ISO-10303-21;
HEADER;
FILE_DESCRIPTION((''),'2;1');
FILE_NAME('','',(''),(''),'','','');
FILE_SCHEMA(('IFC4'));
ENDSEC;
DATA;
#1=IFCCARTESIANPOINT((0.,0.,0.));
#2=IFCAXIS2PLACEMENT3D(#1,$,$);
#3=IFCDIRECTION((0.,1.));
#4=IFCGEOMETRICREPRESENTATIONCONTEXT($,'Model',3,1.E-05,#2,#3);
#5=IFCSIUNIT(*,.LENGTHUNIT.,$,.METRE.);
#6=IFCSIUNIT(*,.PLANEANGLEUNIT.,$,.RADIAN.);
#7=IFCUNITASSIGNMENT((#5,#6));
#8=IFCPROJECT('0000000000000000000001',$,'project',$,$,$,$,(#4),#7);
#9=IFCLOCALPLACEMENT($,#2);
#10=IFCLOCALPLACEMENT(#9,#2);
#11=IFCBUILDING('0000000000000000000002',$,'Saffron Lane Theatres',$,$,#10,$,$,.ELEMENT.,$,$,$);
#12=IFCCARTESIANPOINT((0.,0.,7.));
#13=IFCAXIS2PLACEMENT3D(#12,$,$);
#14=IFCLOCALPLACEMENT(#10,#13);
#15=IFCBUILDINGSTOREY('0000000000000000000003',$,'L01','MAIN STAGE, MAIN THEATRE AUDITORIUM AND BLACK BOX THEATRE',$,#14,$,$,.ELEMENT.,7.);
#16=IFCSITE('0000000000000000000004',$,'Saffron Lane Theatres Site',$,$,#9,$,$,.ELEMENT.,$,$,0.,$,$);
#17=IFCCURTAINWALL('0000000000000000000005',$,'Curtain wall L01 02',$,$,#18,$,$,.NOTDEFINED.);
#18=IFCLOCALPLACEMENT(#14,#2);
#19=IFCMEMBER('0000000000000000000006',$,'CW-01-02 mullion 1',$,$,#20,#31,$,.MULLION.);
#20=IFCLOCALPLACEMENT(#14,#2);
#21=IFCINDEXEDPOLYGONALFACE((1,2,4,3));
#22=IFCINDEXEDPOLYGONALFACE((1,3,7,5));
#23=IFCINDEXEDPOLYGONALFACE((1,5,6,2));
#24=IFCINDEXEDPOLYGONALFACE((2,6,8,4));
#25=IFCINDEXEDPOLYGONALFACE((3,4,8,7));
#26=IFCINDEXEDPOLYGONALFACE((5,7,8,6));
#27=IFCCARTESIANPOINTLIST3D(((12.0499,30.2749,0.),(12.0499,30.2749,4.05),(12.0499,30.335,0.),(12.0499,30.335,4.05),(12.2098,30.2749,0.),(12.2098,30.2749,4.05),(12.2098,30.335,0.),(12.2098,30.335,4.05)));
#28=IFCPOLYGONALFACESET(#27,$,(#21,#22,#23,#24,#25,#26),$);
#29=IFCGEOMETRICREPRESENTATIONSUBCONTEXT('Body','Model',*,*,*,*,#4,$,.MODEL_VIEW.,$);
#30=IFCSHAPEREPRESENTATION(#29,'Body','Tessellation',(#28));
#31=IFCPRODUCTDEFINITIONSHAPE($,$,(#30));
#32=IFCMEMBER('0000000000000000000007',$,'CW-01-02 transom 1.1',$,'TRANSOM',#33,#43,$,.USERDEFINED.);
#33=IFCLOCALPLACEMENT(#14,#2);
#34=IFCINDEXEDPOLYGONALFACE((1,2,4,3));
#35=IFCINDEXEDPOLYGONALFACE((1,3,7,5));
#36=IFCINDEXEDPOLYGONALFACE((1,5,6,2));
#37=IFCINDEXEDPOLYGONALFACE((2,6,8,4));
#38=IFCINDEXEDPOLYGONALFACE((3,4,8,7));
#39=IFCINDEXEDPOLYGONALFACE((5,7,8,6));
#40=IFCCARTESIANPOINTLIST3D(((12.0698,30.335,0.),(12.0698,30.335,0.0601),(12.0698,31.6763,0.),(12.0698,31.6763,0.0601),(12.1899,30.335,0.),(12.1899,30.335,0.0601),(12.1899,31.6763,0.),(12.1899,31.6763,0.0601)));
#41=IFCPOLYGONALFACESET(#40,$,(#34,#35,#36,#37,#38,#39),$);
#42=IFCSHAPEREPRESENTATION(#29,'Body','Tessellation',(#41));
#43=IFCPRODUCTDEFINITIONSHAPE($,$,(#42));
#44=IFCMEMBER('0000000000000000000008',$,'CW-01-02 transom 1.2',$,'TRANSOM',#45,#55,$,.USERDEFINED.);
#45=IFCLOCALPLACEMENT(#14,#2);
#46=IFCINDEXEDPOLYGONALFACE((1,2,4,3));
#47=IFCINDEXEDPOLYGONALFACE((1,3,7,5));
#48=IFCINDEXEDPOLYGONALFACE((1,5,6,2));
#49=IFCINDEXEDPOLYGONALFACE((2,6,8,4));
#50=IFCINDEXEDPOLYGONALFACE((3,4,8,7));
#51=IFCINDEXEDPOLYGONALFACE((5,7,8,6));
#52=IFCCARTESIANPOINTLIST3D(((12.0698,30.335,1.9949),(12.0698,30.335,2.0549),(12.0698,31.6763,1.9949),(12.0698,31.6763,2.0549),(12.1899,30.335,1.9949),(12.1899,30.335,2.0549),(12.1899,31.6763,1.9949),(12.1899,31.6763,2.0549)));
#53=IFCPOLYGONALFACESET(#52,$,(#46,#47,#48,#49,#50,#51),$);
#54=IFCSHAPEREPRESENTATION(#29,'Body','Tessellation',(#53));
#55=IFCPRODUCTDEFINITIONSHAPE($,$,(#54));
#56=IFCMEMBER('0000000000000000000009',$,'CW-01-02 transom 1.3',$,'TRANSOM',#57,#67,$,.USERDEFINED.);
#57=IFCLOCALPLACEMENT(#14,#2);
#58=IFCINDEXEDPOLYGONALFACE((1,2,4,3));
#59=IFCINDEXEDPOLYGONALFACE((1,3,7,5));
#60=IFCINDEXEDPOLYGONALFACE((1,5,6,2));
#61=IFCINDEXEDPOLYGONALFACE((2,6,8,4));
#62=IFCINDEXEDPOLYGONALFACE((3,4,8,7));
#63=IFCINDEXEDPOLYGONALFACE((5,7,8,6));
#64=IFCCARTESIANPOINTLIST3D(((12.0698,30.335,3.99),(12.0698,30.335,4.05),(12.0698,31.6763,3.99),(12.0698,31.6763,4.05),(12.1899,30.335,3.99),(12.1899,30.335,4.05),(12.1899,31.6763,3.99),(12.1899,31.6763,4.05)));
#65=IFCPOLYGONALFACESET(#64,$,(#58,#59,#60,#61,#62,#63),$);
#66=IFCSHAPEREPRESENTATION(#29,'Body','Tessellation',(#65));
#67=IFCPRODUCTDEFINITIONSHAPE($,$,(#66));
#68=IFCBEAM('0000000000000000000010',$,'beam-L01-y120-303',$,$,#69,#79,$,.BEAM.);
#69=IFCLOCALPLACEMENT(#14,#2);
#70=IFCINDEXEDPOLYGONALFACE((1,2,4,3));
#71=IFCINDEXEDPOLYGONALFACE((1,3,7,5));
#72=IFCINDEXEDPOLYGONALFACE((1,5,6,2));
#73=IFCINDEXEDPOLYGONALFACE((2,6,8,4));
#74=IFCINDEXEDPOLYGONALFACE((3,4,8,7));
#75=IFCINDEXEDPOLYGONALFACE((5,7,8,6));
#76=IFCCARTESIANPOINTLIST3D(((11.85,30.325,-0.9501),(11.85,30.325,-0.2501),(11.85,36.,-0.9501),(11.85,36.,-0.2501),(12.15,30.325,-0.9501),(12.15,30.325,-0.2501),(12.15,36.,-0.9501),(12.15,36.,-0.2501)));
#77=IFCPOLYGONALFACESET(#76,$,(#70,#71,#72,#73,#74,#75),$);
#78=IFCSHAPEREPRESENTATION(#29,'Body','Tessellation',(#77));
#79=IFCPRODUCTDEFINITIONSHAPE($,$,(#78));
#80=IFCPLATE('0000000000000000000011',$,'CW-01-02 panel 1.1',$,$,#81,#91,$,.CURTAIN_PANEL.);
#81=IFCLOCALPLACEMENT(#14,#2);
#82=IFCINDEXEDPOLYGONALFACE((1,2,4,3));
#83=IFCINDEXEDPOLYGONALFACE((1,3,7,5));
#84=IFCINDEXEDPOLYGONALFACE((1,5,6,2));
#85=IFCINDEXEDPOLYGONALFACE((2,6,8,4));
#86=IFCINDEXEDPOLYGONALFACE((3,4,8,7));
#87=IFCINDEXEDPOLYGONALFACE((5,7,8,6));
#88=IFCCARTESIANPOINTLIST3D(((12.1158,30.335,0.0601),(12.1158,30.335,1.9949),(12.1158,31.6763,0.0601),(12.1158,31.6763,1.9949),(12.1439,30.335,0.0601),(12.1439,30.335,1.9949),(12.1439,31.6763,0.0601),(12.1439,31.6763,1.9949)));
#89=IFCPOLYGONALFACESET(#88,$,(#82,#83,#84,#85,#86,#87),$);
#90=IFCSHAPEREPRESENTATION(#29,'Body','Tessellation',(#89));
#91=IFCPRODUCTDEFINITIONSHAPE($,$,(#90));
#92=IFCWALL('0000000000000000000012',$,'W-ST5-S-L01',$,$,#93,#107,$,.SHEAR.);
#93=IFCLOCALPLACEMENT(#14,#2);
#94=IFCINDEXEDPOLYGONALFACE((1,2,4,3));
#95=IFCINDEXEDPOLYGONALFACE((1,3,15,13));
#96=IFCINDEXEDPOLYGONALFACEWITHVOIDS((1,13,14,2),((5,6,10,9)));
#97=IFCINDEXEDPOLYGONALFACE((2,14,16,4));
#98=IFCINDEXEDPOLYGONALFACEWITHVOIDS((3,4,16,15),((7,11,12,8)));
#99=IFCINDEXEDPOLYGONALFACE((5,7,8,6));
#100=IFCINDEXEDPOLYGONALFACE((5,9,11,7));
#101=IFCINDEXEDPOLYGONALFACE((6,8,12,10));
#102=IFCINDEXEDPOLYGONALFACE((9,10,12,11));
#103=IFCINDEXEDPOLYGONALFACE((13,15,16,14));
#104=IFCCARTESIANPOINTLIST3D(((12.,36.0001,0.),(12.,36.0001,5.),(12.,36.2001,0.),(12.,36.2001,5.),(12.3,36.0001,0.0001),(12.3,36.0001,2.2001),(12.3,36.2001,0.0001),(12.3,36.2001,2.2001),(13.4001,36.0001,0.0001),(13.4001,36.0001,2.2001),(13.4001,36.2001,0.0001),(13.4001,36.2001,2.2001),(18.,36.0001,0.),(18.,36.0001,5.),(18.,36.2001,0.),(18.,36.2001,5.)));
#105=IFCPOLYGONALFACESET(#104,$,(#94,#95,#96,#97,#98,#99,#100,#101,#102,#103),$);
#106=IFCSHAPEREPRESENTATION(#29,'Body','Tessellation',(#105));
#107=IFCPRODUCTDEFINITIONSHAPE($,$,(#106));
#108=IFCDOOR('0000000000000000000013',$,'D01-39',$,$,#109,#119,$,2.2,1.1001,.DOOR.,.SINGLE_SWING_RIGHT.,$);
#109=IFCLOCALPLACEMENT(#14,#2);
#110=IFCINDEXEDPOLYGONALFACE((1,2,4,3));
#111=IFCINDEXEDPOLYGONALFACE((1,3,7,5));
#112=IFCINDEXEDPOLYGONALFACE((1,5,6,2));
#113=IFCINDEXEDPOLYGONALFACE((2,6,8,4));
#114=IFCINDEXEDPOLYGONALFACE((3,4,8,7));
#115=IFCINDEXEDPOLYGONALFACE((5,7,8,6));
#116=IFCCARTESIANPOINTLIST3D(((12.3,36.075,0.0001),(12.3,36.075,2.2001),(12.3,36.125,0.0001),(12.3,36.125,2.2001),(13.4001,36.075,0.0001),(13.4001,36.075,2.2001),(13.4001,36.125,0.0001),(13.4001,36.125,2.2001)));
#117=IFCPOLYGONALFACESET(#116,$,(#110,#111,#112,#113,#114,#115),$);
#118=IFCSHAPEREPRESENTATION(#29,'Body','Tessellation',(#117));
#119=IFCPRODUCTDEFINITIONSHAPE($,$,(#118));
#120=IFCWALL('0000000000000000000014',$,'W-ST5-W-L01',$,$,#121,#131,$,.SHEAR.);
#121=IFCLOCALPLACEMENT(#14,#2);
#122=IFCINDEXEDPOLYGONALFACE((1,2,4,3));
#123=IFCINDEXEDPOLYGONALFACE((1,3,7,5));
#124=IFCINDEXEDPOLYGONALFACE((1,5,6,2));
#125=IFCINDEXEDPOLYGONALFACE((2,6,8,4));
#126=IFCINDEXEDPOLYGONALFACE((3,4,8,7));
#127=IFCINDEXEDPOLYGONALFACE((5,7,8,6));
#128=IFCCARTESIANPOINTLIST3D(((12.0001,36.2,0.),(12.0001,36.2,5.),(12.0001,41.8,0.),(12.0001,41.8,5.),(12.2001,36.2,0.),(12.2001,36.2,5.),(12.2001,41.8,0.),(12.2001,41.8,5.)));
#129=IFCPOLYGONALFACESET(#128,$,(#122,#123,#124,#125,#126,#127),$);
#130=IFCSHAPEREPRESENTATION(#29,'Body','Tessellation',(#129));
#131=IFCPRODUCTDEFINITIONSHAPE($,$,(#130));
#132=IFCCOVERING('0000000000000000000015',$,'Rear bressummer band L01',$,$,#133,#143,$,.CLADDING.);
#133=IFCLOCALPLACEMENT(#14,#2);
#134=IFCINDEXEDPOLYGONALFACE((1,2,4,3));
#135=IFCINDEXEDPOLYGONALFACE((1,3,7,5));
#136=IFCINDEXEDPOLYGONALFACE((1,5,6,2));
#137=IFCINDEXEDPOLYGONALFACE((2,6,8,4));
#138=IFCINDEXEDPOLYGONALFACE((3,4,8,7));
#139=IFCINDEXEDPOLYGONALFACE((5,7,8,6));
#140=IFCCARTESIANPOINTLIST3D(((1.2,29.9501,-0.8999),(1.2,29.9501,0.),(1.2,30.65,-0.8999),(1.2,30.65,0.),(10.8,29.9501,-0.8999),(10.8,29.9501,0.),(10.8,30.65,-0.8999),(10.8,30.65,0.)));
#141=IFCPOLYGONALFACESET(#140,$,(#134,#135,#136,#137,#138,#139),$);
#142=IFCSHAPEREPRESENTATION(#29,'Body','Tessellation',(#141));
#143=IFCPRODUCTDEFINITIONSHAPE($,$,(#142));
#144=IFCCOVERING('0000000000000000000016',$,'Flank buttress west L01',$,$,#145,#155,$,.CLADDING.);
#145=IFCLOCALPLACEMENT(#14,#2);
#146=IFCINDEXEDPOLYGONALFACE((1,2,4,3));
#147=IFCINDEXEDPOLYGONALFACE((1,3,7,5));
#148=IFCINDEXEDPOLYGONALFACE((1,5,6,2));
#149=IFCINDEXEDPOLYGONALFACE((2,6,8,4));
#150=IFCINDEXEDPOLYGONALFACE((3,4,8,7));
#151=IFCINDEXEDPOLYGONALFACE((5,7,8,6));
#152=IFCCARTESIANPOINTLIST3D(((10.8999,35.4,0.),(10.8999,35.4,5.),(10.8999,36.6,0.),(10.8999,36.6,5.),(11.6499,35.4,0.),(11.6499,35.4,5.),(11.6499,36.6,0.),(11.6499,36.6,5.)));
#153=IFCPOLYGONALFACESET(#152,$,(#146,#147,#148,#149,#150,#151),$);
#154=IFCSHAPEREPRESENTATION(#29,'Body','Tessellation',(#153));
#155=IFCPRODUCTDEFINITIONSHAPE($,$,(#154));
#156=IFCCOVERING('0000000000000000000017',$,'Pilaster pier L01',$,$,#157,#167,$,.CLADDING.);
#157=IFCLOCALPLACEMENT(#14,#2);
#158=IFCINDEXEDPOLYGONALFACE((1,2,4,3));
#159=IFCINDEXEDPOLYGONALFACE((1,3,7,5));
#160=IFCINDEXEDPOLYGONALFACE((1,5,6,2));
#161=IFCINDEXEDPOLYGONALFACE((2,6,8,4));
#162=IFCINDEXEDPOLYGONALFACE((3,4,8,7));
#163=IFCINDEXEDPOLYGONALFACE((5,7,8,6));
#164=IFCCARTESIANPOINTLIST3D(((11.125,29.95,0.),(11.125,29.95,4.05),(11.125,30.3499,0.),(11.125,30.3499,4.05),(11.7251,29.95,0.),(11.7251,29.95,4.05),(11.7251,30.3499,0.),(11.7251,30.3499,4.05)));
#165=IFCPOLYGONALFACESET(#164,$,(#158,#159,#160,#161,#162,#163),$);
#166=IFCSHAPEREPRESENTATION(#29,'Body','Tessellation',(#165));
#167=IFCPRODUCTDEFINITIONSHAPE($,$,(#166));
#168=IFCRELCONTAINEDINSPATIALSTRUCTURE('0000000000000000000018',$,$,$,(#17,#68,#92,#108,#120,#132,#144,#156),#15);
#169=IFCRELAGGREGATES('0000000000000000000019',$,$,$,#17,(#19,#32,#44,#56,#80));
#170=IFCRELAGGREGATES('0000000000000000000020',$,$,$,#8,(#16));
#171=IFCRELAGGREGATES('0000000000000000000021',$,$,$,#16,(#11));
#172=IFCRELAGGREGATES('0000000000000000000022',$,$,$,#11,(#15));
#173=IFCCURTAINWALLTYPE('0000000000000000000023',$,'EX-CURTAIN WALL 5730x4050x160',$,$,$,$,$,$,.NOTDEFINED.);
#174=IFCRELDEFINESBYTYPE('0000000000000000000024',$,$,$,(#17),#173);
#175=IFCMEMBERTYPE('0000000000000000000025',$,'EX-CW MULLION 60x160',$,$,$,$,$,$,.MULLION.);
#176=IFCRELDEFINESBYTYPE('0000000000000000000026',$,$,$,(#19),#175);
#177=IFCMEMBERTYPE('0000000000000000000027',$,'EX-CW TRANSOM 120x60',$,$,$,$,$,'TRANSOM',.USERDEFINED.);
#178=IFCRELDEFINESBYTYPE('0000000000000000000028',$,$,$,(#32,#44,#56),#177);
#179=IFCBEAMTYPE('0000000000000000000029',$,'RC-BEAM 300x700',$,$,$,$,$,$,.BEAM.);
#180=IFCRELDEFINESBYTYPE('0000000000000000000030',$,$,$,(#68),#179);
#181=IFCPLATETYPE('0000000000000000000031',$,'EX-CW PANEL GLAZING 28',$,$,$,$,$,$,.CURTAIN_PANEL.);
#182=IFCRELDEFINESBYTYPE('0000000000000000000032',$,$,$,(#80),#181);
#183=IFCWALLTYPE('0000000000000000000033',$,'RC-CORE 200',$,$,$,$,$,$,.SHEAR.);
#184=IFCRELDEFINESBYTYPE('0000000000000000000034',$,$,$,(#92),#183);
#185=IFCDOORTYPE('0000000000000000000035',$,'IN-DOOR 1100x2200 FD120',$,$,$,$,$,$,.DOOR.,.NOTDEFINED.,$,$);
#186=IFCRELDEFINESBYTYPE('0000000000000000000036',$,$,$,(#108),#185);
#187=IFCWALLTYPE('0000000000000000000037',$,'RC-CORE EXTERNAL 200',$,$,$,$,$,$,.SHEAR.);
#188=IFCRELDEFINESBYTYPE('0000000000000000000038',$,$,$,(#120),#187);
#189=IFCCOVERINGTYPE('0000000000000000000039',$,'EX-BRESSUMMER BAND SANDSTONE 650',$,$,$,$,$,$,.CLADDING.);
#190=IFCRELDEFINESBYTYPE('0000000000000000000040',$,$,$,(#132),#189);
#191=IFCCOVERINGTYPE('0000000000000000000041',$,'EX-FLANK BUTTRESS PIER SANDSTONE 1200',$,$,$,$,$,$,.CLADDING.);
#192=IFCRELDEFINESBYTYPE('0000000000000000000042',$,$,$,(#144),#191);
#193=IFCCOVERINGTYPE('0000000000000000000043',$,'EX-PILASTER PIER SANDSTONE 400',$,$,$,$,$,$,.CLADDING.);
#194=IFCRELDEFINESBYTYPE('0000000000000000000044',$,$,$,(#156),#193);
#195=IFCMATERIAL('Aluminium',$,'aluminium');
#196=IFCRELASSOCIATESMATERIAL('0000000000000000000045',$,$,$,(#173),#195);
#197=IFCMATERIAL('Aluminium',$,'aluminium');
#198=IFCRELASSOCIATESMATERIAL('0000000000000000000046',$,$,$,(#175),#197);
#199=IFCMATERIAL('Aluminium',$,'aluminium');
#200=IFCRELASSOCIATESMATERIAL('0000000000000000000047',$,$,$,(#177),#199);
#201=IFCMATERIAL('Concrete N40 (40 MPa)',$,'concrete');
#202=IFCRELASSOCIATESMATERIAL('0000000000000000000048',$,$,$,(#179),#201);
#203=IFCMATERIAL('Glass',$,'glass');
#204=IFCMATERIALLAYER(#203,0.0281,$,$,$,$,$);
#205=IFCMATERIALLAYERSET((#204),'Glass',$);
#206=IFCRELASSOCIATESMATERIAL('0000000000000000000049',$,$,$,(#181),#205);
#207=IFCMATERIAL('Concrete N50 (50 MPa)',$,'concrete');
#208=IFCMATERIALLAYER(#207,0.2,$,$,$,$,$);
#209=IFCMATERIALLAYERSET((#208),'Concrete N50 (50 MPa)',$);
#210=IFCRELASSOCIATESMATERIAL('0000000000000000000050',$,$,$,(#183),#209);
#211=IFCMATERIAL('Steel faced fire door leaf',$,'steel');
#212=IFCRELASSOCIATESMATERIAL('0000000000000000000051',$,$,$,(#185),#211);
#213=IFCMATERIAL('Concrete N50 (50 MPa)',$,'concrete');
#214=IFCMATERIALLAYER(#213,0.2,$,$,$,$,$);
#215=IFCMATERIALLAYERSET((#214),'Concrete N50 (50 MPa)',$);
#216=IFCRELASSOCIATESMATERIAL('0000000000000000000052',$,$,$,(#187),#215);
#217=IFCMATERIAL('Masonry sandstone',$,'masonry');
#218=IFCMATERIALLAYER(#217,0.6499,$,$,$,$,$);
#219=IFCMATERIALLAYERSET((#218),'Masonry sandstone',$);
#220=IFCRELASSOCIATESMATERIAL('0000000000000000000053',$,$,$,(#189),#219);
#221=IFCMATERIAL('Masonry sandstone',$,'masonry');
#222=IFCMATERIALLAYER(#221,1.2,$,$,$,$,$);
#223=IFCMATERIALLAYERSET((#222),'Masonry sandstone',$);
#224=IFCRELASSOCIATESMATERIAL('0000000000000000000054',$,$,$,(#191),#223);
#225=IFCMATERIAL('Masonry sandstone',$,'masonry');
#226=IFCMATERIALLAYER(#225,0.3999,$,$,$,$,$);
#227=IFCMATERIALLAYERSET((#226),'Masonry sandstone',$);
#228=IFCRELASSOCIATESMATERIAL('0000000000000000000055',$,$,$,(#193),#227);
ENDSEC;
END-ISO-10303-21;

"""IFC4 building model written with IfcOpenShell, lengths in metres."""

from ifc_helpers import new_model, si_unit, direction, frame, frame_2d, origin, origin_2d, place, context, subcontext, project, spatial, rectangle, extrude, material, layer, layer_set, material_profile, profile_set, type_object, element, fill, aggregate, save


model = new_model("IFC4")

# Units and contexts
model_context = context("Model", 3, precision=1e-05, world=origin(), true_north=direction((0.0, 1.0)))
body_context = subcontext(model_context, "Body", "Model", "MODEL_VIEW")
ifc_project = project(units=[si_unit("LENGTHUNIT", "METRE"), si_unit("PLANEANGLEUNIT", "RADIAN")], contexts=[model_context])

# Site, building, storey
site_placement = place(None, origin())
site = spatial("IfcSite", under=ifc_project, at=site_placement, Name="Saffron Lane Theatres Site", CompositionType="ELEMENT", RefElevation=0.0)
building_placement = place(site_placement, origin())
building = spatial("IfcBuilding", under=site, at=building_placement, Name="Saffron Lane Theatres", CompositionType="ELEMENT")
storey_placement = place(building_placement, frame((0.0, 0.0, 7.0)))
storey = spatial("IfcBuildingStorey", under=building, at=storey_placement, Name="L01", Description="MAIN STAGE, MAIN THEATRE AUDITORIUM AND BLACK BOX THEATRE", CompositionType="ELEMENT", Elevation=7.0)

# Curtain wall, members
ifc_material_1 = material(Name="Aluminium", Category="aluminium")
curtain_wall_type = type_object("IfcCurtainWallType", Name="EX-CURTAIN WALL 5730x4050x160", PredefinedType="NOTDEFINED", material=ifc_material_1)
curtain_wall_placement = place(storey_placement, origin())
curtain_wall = element("IfcCurtainWall", 1, at=curtain_wall_placement, inside=storey, type_object=curtain_wall_type, Name="Curtain wall L01 02", PredefinedType="NOTDEFINED")
ifc_material_2 = material(Name="Aluminium", Category="aluminium")
ifc_material_profile_1 = material_profile(ifc_material_2, rectangle(XDim=0.0601, YDim=0.1599, at=origin_2d()))
ifc_profile_set_1 = profile_set([ifc_material_profile_1], Name="Aluminium")
member_type_1 = type_object("IfcMemberType", Name="EX-CW MULLION 60x160", PredefinedType="MULLION", material=ifc_profile_set_1)
member_1_placement = place(storey_placement, frame((12.1299, 30.3049, 0.0), z_axis=(0.0, 0.0, 1.0), x_axis=(0.0, 1.0, 0.0)))
member_1 = element("IfcMember", 2, at=member_1_placement, type_object=member_type_1, Name="CW-01-02 mullion 1", PredefinedType="MULLION", context=body_context, shape_type="SweptSolid", body=[
    extrude(rectangle(XDim=0.0601, YDim=0.1599, at=origin_2d()), origin(), (0.0, 0.0, 1.0), 4.05),
])
ifc_material_3 = material(Name="Aluminium", Category="aluminium")
ifc_material_profile_2 = material_profile(ifc_material_3, rectangle(XDim=0.1201, YDim=0.0601, at=origin_2d()))
ifc_profile_set_2 = profile_set([ifc_material_profile_2], Name="Aluminium")
member_type_2 = type_object("IfcMemberType", Name="EX-CW TRANSOM 120x60", ElementType="TRANSOM", PredefinedType="USERDEFINED", material=ifc_profile_set_2)
member_2_placement = place(storey_placement, frame((12.1299, 30.335, 0.03), z_axis=(0.0, 1.0, 0.0), x_axis=(-1.0, 0.0, 0.0)))
member_2 = element("IfcMember", 3, at=member_2_placement, type_object=member_type_2, Name="CW-01-02 transom 1.1", ObjectType="TRANSOM", PredefinedType="USERDEFINED", context=body_context, shape_type="SweptSolid", body=[
    extrude(rectangle(XDim=0.1201, YDim=0.0601, at=origin_2d()), origin(), (0.0, 0.0, 1.0), 1.3413),
])
member_3_placement = place(storey_placement, frame((12.1299, 30.335, 2.0249), z_axis=(0.0, 1.0, 0.0), x_axis=(-1.0, 0.0, 0.0)))
member_3 = element("IfcMember", 4, at=member_3_placement, type_object=member_type_2, Name="CW-01-02 transom 1.2", ObjectType="TRANSOM", PredefinedType="USERDEFINED", context=body_context, shape_type="SweptSolid", body=[
    extrude(rectangle(XDim=0.1201, YDim=0.0601, at=origin_2d()), origin(), (0.0, 0.0, 1.0), 1.3413),
])
member_4_placement = place(storey_placement, frame((12.1299, 30.335, 4.02), z_axis=(0.0, 1.0, 0.0), x_axis=(-1.0, 0.0, 0.0)))
member_4 = element("IfcMember", 5, at=member_4_placement, type_object=member_type_2, Name="CW-01-02 transom 1.3", ObjectType="TRANSOM", PredefinedType="USERDEFINED", context=body_context, shape_type="SweptSolid", body=[
    extrude(rectangle(XDim=0.1201, YDim=0.0601, at=origin_2d()), origin(), (0.0, 0.0, 1.0), 1.3413),
])

# Beam
ifc_material_4 = material(Name="Concrete N40 (40 MPa)", Category="concrete")
ifc_material_profile_3 = material_profile(ifc_material_4, rectangle(XDim=0.3, YDim=0.7, at=origin_2d()))
ifc_profile_set_3 = profile_set([ifc_material_profile_3], Name="Concrete N40 (40 MPa)")
beam_type = type_object("IfcBeamType", Name="RC-BEAM 300x700", PredefinedType="BEAM", material=ifc_profile_set_3)
beam_placement = place(storey_placement, frame((12.0, 30.325, -0.6001), z_axis=(0.0, 1.0, 0.0), x_axis=(-1.0, 0.0, 0.0)))
element("IfcBeam", 6, at=beam_placement, inside=storey, type_object=beam_type, Name="beam-L01-y120-303", PredefinedType="BEAM", context=body_context, shape_type="SweptSolid", body=[
    extrude(rectangle(XDim=0.3, YDim=0.7, at=origin_2d()), origin(), (0.0, 0.0, 1.0), 5.675),
])

# Plate
ifc_material_5 = material(Name="Glass", Category="glass")
ifc_layer_1 = layer(ifc_material_5, 0.0281)
ifc_layer_set_1 = layer_set([ifc_layer_1], Name="Glass")
plate_type = type_object("IfcPlateType", Name="EX-CW PANEL GLAZING 28", PredefinedType="CURTAIN_PANEL", material=ifc_layer_set_1)
plate_placement = place(storey_placement, frame((12.1299, 31.0056, 0.0601), z_axis=(0.0, 0.0, 1.0), x_axis=(0.0, 1.0, 0.0)))
plate = element("IfcPlate", 7, at=plate_placement, type_object=plate_type, Name="CW-01-02 panel 1.1", PredefinedType="CURTAIN_PANEL", context=body_context, shape_type="SweptSolid", body=[
    extrude(rectangle(XDim=1.3413, YDim=0.0281, at=origin_2d()), origin(), (0.0, 0.0, 1.0), 1.9348),
])
aggregate(curtain_wall, [member_1, member_2, member_3, member_4, plate])

# Wall, opening, door
ifc_material_6 = material(Name="Concrete N50 (50 MPa)", Category="concrete")
ifc_layer_2 = layer(ifc_material_6, 0.2)
ifc_layer_set_2 = layer_set([ifc_layer_2], Name="Concrete N50 (50 MPa)")
wall_type_1 = type_object("IfcWallType", Name="RC-CORE 200", PredefinedType="SHEAR", material=ifc_layer_set_2)
wall_1_placement = place(storey_placement, frame((12.0, 36.1001, 0.0), z_axis=(0.0, 0.0, 1.0), x_axis=(1.0, 0.0, 0.0)))
wall_1 = element("IfcWall", 8, at=wall_1_placement, inside=storey, type_object=wall_type_1, Name="W-ST5-S-L01", PredefinedType="SHEAR", context=body_context, shape_type="SweptSolid", body=[
    extrude(rectangle(XDim=6.0, YDim=0.2, at=frame_2d((3.0, 0.0))), origin(), (0.0, 0.0, 1.0), 5.0),
])
opening_placement = place(wall_1_placement, frame((0.3, 0.0, 0.0)))
opening = element("IfcOpeningElement", 9, at=opening_placement, cuts=wall_1, PredefinedType="OPENING", context=body_context, shape_type="SweptSolid", body=[
    extrude(rectangle(XDim=1.1001, YDim=2.2, at=frame_2d((0.55, 1.1001))), frame((0.0, 0.1099, 0.0), z_axis=(0.0, -1.0, 0.0), x_axis=(1.0, 0.0, 0.0)), (0.0, 0.0, 1.0), 0.22),
])
ifc_material_7 = material(Name="Steel faced fire door leaf", Category="steel")
door_type = type_object("IfcDoorType", Name="IN-DOOR 1100x2200 FD120", OperationType="NOTDEFINED", PredefinedType="DOOR", material=ifc_material_7)
door_placement = place(opening_placement, origin())
door = element("IfcDoor", 10, at=door_placement, inside=storey, type_object=door_type, Name="D01-39", OperationType="SINGLE_SWING_RIGHT", OverallHeight=2.2, OverallWidth=1.1001, PredefinedType="DOOR", context=body_context, shape_type="SweptSolid", body=[
    extrude(rectangle(XDim=1.1001, YDim=2.2, at=frame_2d((0.55, 1.1001))), frame((0.0, 0.0249, 0.0), z_axis=(0.0, -1.0, 0.0), x_axis=(1.0, 0.0, 0.0)), (0.0, 0.0, 1.0), 0.05),
])
fill(opening, door)

# Wall
ifc_material_8 = material(Name="Concrete N50 (50 MPa)", Category="concrete")
ifc_layer_3 = layer(ifc_material_8, 0.2)
ifc_layer_set_3 = layer_set([ifc_layer_3], Name="Concrete N50 (50 MPa)")
wall_type_2 = type_object("IfcWallType", Name="RC-CORE EXTERNAL 200", PredefinedType="SHEAR", material=ifc_layer_set_3)
wall_2_placement = place(storey_placement, frame((12.1001, 36.2, 0.0), z_axis=(0.0, 0.0, 1.0), x_axis=(0.0, 1.0, 0.0)))
element("IfcWall", 11, at=wall_2_placement, inside=storey, type_object=wall_type_2, Name="W-ST5-W-L01", PredefinedType="SHEAR", context=body_context, shape_type="SweptSolid", body=[
    extrude(rectangle(XDim=5.6001, YDim=0.2, at=frame_2d((2.8, 0.0))), origin(), (0.0, 0.0, 1.0), 5.0),
])

# Coverings
ifc_material_9 = material(Name="Masonry sandstone", Category="masonry")
ifc_layer_4 = layer(ifc_material_9, 0.6499)
ifc_layer_set_4 = layer_set([ifc_layer_4], Name="Masonry sandstone")
covering_type_1 = type_object("IfcCoveringType", Name="EX-BRESSUMMER BAND SANDSTONE 650", PredefinedType="CLADDING", material=ifc_layer_set_4)
covering_1_placement = place(storey_placement, frame((6.0, 30.3, -0.8999), z_axis=(0.0, 0.0, 1.0), x_axis=(1.0, 0.0, 0.0)))
element("IfcCovering", 12, at=covering_1_placement, inside=storey, type_object=covering_type_1, Name="Rear bressummer band L01", PredefinedType="CLADDING", context=body_context, shape_type="SweptSolid", body=[
    extrude(rectangle(XDim=9.6001, YDim=0.7, at=origin_2d()), origin(), (0.0, 0.0, 1.0), 0.8999),
])
ifc_material_10 = material(Name="Masonry sandstone", Category="masonry")
ifc_layer_5 = layer(ifc_material_10, 1.2)
ifc_layer_set_5 = layer_set([ifc_layer_5], Name="Masonry sandstone")
covering_type_2 = type_object("IfcCoveringType", Name="EX-FLANK BUTTRESS PIER SANDSTONE 1200", PredefinedType="CLADDING", material=ifc_layer_set_5)
covering_2_placement = place(storey_placement, frame((11.2749, 36.0, 0.0), z_axis=(0.0, 0.0, 1.0), x_axis=(0.0, 1.0, 0.0)))
element("IfcCovering", 13, at=covering_2_placement, inside=storey, type_object=covering_type_2, Name="Flank buttress west L01", PredefinedType="CLADDING", context=body_context, shape_type="SweptSolid", body=[
    extrude(rectangle(XDim=1.2, YDim=0.75, at=origin_2d()), origin(), (0.0, 0.0, 1.0), 5.0),
])
ifc_material_11 = material(Name="Masonry sandstone", Category="masonry")
ifc_layer_6 = layer(ifc_material_11, 0.3999)
ifc_layer_set_6 = layer_set([ifc_layer_6], Name="Masonry sandstone")
covering_type_3 = type_object("IfcCoveringType", Name="EX-PILASTER PIER SANDSTONE 400", PredefinedType="CLADDING", material=ifc_layer_set_6)
for number, where, z_axis, x_axis, name in (
    (14, (11.425, 30.1499, 0.0), (0.0, 0.0, 1.0), (1.0, 0.0, 0.0), "Pilaster pier L01"),
):
    element("IfcCovering", number, at=place(storey_placement, frame(where, z_axis=z_axis, x_axis=x_axis)), inside=storey, type_object=covering_type_3, Name=name, PredefinedType="CLADDING", context=body_context, shape_type="SweptSolid", body=[
        extrude(rectangle(XDim=0.6001, YDim=0.3999, at=origin_2d()), origin(), (0.0, 0.0, 1.0), 4.05),
    ])

save(model, "model.ifc")
